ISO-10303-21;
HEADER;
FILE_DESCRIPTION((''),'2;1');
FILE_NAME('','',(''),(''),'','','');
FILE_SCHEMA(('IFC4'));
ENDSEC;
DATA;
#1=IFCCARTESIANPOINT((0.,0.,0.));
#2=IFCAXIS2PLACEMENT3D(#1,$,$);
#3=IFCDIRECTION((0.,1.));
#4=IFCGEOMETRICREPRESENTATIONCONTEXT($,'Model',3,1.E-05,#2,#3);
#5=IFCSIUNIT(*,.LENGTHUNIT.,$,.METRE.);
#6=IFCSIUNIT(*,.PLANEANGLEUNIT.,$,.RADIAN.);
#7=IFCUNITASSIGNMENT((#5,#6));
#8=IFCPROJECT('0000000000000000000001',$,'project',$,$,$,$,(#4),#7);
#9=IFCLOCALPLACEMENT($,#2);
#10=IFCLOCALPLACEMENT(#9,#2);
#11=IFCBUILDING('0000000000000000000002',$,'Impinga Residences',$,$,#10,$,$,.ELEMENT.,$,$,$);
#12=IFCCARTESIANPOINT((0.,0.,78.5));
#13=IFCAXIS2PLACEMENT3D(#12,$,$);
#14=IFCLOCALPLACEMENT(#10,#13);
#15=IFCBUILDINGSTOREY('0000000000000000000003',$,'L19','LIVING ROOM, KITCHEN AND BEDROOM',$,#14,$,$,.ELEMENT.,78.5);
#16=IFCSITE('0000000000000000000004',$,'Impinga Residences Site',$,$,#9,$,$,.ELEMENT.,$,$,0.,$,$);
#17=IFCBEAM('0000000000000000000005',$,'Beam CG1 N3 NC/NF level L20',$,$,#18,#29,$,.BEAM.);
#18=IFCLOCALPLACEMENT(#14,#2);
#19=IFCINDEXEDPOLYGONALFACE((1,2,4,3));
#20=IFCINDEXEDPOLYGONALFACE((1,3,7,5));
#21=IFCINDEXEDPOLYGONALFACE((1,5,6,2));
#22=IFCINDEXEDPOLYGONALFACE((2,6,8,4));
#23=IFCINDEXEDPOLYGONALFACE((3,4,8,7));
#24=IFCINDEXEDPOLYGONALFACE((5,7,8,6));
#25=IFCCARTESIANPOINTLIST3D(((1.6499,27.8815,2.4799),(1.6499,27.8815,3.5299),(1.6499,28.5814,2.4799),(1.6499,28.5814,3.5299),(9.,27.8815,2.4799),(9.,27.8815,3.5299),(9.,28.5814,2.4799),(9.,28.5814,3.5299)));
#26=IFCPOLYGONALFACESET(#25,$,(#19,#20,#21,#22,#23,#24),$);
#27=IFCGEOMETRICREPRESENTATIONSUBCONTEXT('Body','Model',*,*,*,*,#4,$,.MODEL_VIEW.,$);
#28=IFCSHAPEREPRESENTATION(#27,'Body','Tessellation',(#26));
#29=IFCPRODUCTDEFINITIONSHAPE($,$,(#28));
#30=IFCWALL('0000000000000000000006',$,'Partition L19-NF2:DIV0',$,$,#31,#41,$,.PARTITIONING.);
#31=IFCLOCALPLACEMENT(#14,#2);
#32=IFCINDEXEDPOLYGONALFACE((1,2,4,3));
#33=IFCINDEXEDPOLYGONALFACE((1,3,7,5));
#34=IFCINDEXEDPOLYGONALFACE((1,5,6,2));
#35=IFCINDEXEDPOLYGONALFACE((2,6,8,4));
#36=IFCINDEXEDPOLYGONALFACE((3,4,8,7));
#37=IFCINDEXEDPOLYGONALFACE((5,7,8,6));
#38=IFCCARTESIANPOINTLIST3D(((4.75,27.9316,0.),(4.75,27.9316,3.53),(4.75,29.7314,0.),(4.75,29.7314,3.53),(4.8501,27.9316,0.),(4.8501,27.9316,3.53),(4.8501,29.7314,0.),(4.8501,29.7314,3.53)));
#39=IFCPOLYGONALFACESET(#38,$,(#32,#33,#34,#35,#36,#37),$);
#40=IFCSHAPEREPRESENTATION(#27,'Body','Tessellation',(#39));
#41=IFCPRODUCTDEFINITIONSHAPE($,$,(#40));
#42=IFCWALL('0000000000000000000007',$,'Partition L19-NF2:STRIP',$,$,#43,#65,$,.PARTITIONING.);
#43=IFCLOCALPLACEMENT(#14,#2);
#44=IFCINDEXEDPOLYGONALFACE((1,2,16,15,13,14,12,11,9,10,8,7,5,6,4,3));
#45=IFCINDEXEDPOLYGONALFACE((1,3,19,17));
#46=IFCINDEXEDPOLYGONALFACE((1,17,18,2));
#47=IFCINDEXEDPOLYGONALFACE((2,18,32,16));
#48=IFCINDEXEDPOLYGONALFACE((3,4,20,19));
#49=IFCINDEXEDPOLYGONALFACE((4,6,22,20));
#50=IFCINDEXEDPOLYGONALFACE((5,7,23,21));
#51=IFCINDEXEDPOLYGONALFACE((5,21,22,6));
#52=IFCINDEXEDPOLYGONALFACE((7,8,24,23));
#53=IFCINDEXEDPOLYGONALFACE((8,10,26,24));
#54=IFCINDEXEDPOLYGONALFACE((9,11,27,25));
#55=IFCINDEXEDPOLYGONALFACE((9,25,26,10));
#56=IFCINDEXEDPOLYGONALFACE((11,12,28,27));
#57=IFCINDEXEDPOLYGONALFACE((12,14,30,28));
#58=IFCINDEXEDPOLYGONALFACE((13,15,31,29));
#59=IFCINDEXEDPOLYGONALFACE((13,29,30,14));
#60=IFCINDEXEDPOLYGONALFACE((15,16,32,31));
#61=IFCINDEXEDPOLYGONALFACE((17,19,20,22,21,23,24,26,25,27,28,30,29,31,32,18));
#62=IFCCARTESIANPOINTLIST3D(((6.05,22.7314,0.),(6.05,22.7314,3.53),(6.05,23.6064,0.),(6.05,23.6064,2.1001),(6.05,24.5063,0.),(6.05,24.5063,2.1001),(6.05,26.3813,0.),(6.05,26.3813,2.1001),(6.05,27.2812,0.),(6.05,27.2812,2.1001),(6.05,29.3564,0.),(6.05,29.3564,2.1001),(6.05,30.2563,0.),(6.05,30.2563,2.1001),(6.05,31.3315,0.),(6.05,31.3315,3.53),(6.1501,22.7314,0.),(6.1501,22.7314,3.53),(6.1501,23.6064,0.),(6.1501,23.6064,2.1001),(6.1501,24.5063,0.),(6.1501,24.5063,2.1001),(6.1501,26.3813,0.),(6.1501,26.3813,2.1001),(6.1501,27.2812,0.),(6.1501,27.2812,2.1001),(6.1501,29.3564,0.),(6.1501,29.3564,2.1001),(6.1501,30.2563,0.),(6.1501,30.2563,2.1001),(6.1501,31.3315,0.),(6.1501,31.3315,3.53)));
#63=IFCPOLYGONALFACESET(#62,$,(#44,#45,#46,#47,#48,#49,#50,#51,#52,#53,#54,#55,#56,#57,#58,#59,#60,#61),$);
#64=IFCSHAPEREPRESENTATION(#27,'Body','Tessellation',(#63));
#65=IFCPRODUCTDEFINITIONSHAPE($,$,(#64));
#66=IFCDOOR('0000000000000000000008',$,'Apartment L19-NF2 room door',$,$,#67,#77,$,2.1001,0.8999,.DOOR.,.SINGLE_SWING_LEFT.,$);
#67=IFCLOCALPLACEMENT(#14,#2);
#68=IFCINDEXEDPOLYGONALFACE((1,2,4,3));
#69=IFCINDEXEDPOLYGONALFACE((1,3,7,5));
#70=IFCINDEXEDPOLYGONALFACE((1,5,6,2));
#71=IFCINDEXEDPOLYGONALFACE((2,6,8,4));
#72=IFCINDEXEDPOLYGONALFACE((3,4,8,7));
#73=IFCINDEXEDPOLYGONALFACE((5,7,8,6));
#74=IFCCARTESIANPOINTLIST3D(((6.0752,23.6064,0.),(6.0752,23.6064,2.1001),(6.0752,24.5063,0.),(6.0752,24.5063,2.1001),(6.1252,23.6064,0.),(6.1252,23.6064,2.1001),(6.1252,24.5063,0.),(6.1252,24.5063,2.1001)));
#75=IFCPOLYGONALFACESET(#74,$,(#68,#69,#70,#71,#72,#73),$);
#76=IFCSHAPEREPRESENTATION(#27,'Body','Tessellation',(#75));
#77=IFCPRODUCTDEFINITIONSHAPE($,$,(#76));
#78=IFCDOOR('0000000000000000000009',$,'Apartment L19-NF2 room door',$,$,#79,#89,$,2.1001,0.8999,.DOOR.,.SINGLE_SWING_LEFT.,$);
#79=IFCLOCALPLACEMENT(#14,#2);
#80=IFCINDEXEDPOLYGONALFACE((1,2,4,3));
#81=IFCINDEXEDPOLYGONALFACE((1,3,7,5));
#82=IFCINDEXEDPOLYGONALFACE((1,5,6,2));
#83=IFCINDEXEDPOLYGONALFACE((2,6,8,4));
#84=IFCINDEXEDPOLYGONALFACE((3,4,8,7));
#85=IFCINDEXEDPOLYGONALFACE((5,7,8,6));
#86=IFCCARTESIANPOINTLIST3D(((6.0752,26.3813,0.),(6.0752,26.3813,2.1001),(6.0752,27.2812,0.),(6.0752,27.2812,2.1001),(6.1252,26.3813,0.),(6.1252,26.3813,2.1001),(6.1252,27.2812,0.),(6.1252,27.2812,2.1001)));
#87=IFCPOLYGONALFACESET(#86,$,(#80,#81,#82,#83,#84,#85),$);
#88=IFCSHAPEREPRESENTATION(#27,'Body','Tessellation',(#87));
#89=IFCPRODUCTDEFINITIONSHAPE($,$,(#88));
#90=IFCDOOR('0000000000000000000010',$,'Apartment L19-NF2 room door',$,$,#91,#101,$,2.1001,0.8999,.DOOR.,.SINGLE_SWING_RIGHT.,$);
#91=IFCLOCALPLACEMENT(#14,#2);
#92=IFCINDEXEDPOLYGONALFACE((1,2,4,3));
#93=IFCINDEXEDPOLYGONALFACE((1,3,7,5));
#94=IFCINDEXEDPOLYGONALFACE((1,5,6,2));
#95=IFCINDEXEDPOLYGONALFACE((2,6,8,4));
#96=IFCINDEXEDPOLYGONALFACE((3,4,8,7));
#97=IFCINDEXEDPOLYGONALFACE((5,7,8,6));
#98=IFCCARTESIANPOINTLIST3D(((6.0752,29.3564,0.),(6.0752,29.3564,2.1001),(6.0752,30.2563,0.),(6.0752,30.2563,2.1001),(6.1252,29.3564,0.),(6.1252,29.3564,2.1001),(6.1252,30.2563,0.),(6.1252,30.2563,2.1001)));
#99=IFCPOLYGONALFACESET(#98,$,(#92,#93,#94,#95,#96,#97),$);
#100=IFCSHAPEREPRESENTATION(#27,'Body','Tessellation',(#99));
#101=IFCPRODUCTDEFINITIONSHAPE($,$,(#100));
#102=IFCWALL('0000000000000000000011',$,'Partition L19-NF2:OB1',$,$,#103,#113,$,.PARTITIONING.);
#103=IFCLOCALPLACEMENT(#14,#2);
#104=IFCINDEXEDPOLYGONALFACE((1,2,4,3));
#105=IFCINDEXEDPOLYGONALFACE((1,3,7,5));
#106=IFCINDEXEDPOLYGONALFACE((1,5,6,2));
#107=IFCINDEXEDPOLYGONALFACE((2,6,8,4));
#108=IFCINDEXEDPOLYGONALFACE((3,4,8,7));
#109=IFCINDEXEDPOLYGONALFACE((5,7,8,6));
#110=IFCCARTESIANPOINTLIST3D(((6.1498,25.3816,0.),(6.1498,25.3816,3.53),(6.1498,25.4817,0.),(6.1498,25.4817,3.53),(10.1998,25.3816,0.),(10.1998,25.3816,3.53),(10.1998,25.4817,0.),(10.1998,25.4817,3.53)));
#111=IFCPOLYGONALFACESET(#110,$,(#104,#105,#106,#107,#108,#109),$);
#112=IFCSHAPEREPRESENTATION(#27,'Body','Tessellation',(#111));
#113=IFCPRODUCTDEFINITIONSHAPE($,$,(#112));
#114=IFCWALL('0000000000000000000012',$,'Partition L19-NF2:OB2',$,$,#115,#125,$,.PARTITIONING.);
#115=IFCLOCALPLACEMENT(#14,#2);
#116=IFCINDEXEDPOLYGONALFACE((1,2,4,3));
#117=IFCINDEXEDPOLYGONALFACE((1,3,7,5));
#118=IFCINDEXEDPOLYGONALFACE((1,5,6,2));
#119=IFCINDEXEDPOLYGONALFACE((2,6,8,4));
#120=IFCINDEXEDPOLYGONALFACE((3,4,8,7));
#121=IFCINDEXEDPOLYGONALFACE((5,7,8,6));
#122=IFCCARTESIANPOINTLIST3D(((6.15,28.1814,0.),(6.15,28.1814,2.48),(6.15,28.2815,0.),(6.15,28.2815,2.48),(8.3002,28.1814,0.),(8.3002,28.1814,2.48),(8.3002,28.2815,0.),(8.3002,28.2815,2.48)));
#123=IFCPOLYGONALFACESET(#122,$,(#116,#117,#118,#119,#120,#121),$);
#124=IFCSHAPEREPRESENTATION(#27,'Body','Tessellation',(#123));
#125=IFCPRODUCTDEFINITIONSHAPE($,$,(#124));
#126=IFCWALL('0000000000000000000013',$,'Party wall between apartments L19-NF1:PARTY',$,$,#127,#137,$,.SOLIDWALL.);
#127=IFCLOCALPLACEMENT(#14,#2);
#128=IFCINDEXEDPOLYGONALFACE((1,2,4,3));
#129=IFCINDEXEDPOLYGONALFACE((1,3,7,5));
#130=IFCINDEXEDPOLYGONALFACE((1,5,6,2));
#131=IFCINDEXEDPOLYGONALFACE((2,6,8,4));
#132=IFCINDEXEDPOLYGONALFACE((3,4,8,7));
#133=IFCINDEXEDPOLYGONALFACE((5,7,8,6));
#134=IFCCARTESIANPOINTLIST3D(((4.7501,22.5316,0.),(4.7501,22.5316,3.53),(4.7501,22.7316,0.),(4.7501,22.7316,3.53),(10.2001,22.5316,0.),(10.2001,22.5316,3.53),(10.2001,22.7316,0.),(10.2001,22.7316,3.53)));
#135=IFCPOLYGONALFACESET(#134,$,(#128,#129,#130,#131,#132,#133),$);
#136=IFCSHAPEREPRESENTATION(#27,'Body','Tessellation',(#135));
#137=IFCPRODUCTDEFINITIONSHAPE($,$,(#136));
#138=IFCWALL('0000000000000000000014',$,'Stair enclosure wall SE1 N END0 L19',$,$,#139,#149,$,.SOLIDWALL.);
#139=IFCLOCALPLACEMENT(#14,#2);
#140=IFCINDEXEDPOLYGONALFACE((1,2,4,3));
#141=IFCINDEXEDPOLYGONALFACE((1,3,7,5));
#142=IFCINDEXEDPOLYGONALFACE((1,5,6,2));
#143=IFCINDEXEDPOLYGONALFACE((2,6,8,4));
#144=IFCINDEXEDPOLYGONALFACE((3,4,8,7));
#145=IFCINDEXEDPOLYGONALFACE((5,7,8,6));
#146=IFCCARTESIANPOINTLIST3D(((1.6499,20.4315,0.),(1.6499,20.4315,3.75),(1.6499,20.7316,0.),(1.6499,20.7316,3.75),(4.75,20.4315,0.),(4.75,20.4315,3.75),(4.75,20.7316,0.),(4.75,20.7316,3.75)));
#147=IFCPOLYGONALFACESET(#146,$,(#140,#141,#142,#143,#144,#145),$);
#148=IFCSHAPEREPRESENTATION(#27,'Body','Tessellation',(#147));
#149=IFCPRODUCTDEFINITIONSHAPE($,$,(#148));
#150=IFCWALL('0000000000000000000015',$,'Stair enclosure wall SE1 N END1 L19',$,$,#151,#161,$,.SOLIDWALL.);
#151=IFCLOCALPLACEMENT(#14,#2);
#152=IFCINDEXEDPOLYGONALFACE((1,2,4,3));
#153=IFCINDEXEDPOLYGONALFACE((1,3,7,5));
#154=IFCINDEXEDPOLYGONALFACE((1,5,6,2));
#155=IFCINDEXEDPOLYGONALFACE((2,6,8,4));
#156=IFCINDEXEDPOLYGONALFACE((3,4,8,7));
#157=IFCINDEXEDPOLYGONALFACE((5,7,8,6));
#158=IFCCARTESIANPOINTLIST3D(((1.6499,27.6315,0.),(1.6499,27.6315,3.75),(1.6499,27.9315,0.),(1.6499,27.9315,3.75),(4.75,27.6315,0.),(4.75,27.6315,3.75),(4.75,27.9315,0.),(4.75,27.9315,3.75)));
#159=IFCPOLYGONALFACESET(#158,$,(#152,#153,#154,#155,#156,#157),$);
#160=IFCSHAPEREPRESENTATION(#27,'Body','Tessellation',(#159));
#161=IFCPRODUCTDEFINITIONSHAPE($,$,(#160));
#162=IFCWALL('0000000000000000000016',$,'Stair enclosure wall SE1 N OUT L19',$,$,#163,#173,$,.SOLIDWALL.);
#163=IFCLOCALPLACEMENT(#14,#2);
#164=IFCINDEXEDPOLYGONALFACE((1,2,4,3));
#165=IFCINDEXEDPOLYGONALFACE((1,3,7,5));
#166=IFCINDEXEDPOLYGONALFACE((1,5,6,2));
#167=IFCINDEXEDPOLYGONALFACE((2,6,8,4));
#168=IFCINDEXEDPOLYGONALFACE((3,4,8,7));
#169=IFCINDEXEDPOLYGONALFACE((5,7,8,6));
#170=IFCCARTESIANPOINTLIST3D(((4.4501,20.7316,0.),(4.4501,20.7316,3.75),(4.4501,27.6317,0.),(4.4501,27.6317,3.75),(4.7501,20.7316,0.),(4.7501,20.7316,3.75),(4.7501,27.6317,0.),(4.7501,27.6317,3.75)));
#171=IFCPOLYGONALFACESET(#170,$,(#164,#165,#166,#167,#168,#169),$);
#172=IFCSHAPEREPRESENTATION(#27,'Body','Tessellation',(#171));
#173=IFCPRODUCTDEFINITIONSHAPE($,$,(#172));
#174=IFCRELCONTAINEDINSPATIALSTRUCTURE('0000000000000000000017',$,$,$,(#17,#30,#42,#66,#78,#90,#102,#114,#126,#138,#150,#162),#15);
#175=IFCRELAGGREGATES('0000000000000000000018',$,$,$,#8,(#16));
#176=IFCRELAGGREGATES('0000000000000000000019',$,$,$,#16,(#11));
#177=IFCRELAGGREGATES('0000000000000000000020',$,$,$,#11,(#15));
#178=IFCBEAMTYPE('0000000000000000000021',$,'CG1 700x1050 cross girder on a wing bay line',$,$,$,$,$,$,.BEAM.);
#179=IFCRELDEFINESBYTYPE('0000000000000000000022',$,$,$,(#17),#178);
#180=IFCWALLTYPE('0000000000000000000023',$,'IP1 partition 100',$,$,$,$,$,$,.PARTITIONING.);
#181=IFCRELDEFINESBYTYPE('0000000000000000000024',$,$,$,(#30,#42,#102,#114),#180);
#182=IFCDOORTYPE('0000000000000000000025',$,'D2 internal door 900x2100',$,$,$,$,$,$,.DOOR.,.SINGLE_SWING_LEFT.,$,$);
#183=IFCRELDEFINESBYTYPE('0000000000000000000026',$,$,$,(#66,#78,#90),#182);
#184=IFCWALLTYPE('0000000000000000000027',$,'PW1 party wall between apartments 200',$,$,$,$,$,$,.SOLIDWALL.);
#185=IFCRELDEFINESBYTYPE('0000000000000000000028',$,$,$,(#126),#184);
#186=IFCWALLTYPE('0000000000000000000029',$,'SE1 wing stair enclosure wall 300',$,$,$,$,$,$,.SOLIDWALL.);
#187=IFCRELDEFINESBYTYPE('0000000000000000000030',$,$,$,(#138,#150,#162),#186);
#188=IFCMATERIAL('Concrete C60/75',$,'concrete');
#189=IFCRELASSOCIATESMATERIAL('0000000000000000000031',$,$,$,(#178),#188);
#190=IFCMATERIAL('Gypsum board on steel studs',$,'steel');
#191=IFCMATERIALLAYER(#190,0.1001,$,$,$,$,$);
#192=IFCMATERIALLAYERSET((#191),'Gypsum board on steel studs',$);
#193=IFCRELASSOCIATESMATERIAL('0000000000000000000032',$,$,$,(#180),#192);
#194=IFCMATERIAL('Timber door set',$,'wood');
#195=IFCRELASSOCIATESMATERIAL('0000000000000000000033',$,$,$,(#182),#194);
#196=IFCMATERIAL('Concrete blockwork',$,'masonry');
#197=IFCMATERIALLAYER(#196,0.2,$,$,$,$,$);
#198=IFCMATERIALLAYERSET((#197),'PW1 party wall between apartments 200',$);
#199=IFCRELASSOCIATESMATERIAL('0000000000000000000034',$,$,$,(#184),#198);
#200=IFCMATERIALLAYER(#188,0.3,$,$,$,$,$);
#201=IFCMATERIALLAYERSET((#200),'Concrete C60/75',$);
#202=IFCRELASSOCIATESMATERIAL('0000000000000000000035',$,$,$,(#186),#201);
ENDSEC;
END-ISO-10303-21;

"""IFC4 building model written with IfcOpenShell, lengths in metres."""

from ifc_helpers import new_model, si_unit, direction, frame, frame_2d, origin, origin_2d, place, context, subcontext, project, spatial, rectangle, extrude, material, layer, layer_set, material_profile, profile_set, type_object, element, fill, save


model = new_model("IFC4")

# Units and contexts
model_context = context("Model", 3, precision=1e-05, world=origin(), true_north=direction((0.0, 1.0)))
body_context = subcontext(model_context, "Body", "Model", "MODEL_VIEW")
ifc_project = project(units=[si_unit("LENGTHUNIT", "METRE"), si_unit("PLANEANGLEUNIT", "RADIAN")], contexts=[model_context])

# Site, building, storey
site_placement = place(None, origin())
site = spatial("IfcSite", under=ifc_project, at=site_placement, Name="Impinga Residences Site", CompositionType="ELEMENT", RefElevation=0.0)
building_placement = place(site_placement, origin())
building = spatial("IfcBuilding", under=site, at=building_placement, Name="Impinga Residences", CompositionType="ELEMENT")
storey_placement = place(building_placement, frame((0.0, 0.0, 78.5)))
storey = spatial("IfcBuildingStorey", under=building, at=storey_placement, Name="L19", Description="LIVING ROOM, KITCHEN AND BEDROOM", CompositionType="ELEMENT", Elevation=78.5)

# Beam
ifc_material_1 = material(Name="Concrete C60/75", Category="concrete")
ifc_material_profile = material_profile(ifc_material_1, rectangle(XDim=0.7, YDim=1.05, at=origin_2d()), Name="RC 700x1050")
ifc_profile_set = profile_set([ifc_material_profile], Name="Concrete C60/75")
beam_type = type_object("IfcBeamType", Name="CG1 700x1050 cross girder on a wing bay line", PredefinedType="BEAM", material=ifc_profile_set)
beam_placement = place(storey_placement, frame((1.6499, 28.2314, 3.0049), z_axis=(1.0, 0.0, 0.0), x_axis=(0.0, 1.0, 0.0)))
element("IfcBeam", 1, at=beam_placement, inside=storey, type_object=beam_type, Name="Beam CG1 N3 NC/NF level L20", PredefinedType="BEAM", context=body_context, shape_type="SweptSolid", body=[
    extrude(rectangle(XDim=0.7, YDim=1.05, at=origin_2d()), origin(), (0.0, 0.0, 1.0), 7.3501),
])

# Wall
ifc_material_2 = material(Name="Gypsum board on steel studs", Category="steel")
ifc_layer_1 = layer(ifc_material_2, 0.1001)
ifc_layer_set_1 = layer_set([ifc_layer_1], Name="Gypsum board on steel studs")
wall_type_1 = type_object("IfcWallType", Name="IP1 partition 100", PredefinedType="PARTITIONING", material=ifc_layer_set_1)
wall_1_placement = place(storey_placement, frame((4.8, 27.9316, 0.0), z_axis=(0.0, 0.0, 1.0), x_axis=(0.0, 1.0, 0.0)))
element("IfcWall", 2, at=wall_1_placement, inside=storey, type_object=wall_type_1, Name="Partition L19-NF2:DIV0", PredefinedType="PARTITIONING", context=body_context, shape_type="SweptSolid", body=[
    extrude(rectangle(XDim=1.7998, YDim=0.1001, at=frame_2d((0.8999, 0.0))), origin(), (0.0, 0.0, 1.0), 3.53),
])

# Wall, openings, doors
wall_2_placement = place(storey_placement, frame((6.1001, 22.7314, 0.0), z_axis=(0.0, 0.0, 1.0), x_axis=(0.0, 1.0, 0.0)))
wall_2 = element("IfcWall", 3, at=wall_2_placement, inside=storey, type_object=wall_type_1, Name="Partition L19-NF2:STRIP", PredefinedType="PARTITIONING", context=body_context, shape_type="SweptSolid", body=[
    extrude(rectangle(XDim=8.6001, YDim=0.1001, at=frame_2d((4.3, 0.0))), origin(), (0.0, 0.0, 1.0), 3.53),
])
opening_1_placement = place(wall_2_placement, frame((0.875, 0.0, 0.0)))
opening_1 = element("IfcOpeningElement", 4, at=opening_1_placement, cuts=wall_2, PredefinedType="OPENING", context=body_context, shape_type="SweptSolid", body=[
    extrude(rectangle(XDim=0.8999, YDim=2.1001, at=frame_2d((0.45, 1.05))), frame((0.0, 0.0601, 0.0), z_axis=(0.0, -1.0, 0.0), x_axis=(1.0, 0.0, 0.0)), (0.0, 0.0, 1.0), 0.1201),
])
opening_2_placement = place(wall_2_placement, frame((3.6499, 0.0, 0.0)))
opening_2 = element("IfcOpeningElement", 5, at=opening_2_placement, cuts=wall_2, PredefinedType="OPENING", context=body_context, shape_type="SweptSolid", body=[
    extrude(rectangle(XDim=0.8999, YDim=2.1001, at=frame_2d((0.45, 1.05))), frame((0.0, 0.0601, 0.0), z_axis=(0.0, -1.0, 0.0), x_axis=(1.0, 0.0, 0.0)), (0.0, 0.0, 1.0), 0.1201),
])
opening_3_placement = place(wall_2_placement, frame((6.625, 0.0, 0.0)))
opening_3 = element("IfcOpeningElement", 6, at=opening_3_placement, cuts=wall_2, PredefinedType="OPENING", context=body_context, shape_type="SweptSolid", body=[
    extrude(rectangle(XDim=0.8999, YDim=2.1001, at=frame_2d((0.45, 1.05))), frame((0.0, 0.0601, 0.0), z_axis=(0.0, -1.0, 0.0), x_axis=(1.0, 0.0, 0.0)), (0.0, 0.0, 1.0), 0.1201),
])
ifc_material_3 = material(Name="Timber door set", Category="wood")
door_type = type_object("IfcDoorType", Name="D2 internal door 900x2100", OperationType="SINGLE_SWING_LEFT", PredefinedType="DOOR", material=ifc_material_3)
door_1_placement = place(opening_1_placement, origin())
door_1 = element("IfcDoor", 7, at=door_1_placement, inside=storey, type_object=door_type, Name="Apartment L19-NF2 room door", OperationType="SINGLE_SWING_LEFT", OverallHeight=2.1001, OverallWidth=0.8999, PredefinedType="DOOR", context=body_context, shape_type="SweptSolid", body=[
    extrude(rectangle(XDim=0.8999, YDim=2.1001, at=frame_2d((0.45, 1.05))), frame((0.0, 0.0249, 0.0), z_axis=(0.0, -1.0, 0.0), x_axis=(1.0, 0.0, 0.0)), (0.0, 0.0, 1.0), 0.05),
])
fill(opening_1, door_1)
door_2_placement = place(opening_2_placement, origin())
door_2 = element("IfcDoor", 8, at=door_2_placement, inside=storey, type_object=door_type, Name="Apartment L19-NF2 room door", OperationType="SINGLE_SWING_LEFT", OverallHeight=2.1001, OverallWidth=0.8999, PredefinedType="DOOR", context=body_context, shape_type="SweptSolid", body=[
    extrude(rectangle(XDim=0.8999, YDim=2.1001, at=frame_2d((0.45, 1.05))), frame((0.0, 0.0249, 0.0), z_axis=(0.0, -1.0, 0.0), x_axis=(1.0, 0.0, 0.0)), (0.0, 0.0, 1.0), 0.05),
])
fill(opening_2, door_2)
door_3_placement = place(opening_3_placement, origin())
door_3 = element("IfcDoor", 9, at=door_3_placement, inside=storey, type_object=door_type, Name="Apartment L19-NF2 room door", OperationType="SINGLE_SWING_RIGHT", OverallHeight=2.1001, OverallWidth=0.8999, PredefinedType="DOOR", context=body_context, shape_type="SweptSolid", body=[
    extrude(rectangle(XDim=0.8999, YDim=2.1001, at=frame_2d((0.45, 1.05))), frame((0.0, 0.0249, 0.0), z_axis=(0.0, -1.0, 0.0), x_axis=(1.0, 0.0, 0.0)), (0.0, 0.0, 1.0), 0.05),
])
fill(opening_3, door_3)

# Walls
wall_3_placement = place(storey_placement, frame((6.1499, 25.4316, 0.0), z_axis=(0.0, 0.0, 1.0), x_axis=(1.0, 0.0, 0.0)))
element("IfcWall", 10, at=wall_3_placement, inside=storey, type_object=wall_type_1, Name="Partition L19-NF2:OB1", PredefinedType="PARTITIONING", context=body_context, shape_type="SweptSolid", body=[
    extrude(rectangle(XDim=4.05, YDim=0.1001, at=frame_2d((2.0249, 0.0))), origin(), (0.0, 0.0, 1.0), 3.53),
])
wall_4_placement = place(storey_placement, frame((6.1499, 28.2314, 0.0), z_axis=(0.0, 0.0, 1.0), x_axis=(1.0, 0.0, 0.0)))
element("IfcWall", 11, at=wall_4_placement, inside=storey, type_object=wall_type_1, Name="Partition L19-NF2:OB2", PredefinedType="PARTITIONING", context=body_context, shape_type="SweptSolid", body=[
    extrude(rectangle(XDim=2.1501, YDim=0.1001, at=frame_2d((1.0752, 0.0))), origin(), (0.0, 0.0, 1.0), 2.48),
])
ifc_material_4 = material(Name="Concrete blockwork", Category="masonry")
ifc_layer_2 = layer(ifc_material_4, 0.2)
ifc_layer_set_2 = layer_set([ifc_layer_2], Name="PW1 party wall between apartments 200")
wall_type_2 = type_object("IfcWallType", Name="PW1 party wall between apartments 200", PredefinedType="SOLIDWALL", material=ifc_layer_set_2)
wall_5_placement = place(storey_placement, frame((4.75, 22.6316, 0.0), z_axis=(0.0, 0.0, 1.0), x_axis=(1.0, 0.0, 0.0)))
element("IfcWall", 12, at=wall_5_placement, inside=storey, type_object=wall_type_2, Name="Party wall between apartments L19-NF1:PARTY", PredefinedType="SOLIDWALL", context=body_context, shape_type="SweptSolid", body=[
    extrude(rectangle(XDim=5.45, YDim=0.2, at=frame_2d((2.7251, 0.0))), origin(), (0.0, 0.0, 1.0), 3.53),
])
ifc_layer_3 = layer(ifc_material_1, 0.3)
ifc_layer_set_3 = layer_set([ifc_layer_3], Name="Concrete C60/75")
wall_type_3 = type_object("IfcWallType", Name="SE1 wing stair enclosure wall 300", PredefinedType="SOLIDWALL", material=ifc_layer_set_3)
for number, where, z_axis, x_axis, name in (
    (13, (1.6499, 20.5815, 0.0), (0.0, 0.0, 1.0), (1.0, 0.0, 0.0), "Stair enclosure wall SE1 N END0 L19"),
    (14, (1.6499, 27.7815, 0.0), (0.0, 0.0, 1.0), (1.0, 0.0, 0.0), "Stair enclosure wall SE1 N END1 L19"),
):
    element("IfcWall", number, at=place(storey_placement, frame(where, z_axis=z_axis, x_axis=x_axis)), inside=storey, type_object=wall_type_3, Name=name, PredefinedType="SOLIDWALL", context=body_context, shape_type="SweptSolid", body=[
        extrude(rectangle(XDim=3.1001, YDim=0.3, at=frame_2d((1.55, 0.0))), origin(), (0.0, 0.0, 1.0), 3.75),
    ])
wall_6_placement = place(storey_placement, frame((4.6001, 20.7314, 0.0), z_axis=(0.0, 0.0, 1.0), x_axis=(0.0, 1.0, 0.0)))
element("IfcWall", 15, at=wall_6_placement, inside=storey, type_object=wall_type_3, Name="Stair enclosure wall SE1 N OUT L19", PredefinedType="SOLIDWALL", context=body_context, shape_type="SweptSolid", body=[
    extrude(rectangle(XDim=6.9001, YDim=0.3, at=frame_2d((3.4502, 0.0))), origin(), (0.0, 0.0, 1.0), 3.75),
])

save(model, "model.ifc")
